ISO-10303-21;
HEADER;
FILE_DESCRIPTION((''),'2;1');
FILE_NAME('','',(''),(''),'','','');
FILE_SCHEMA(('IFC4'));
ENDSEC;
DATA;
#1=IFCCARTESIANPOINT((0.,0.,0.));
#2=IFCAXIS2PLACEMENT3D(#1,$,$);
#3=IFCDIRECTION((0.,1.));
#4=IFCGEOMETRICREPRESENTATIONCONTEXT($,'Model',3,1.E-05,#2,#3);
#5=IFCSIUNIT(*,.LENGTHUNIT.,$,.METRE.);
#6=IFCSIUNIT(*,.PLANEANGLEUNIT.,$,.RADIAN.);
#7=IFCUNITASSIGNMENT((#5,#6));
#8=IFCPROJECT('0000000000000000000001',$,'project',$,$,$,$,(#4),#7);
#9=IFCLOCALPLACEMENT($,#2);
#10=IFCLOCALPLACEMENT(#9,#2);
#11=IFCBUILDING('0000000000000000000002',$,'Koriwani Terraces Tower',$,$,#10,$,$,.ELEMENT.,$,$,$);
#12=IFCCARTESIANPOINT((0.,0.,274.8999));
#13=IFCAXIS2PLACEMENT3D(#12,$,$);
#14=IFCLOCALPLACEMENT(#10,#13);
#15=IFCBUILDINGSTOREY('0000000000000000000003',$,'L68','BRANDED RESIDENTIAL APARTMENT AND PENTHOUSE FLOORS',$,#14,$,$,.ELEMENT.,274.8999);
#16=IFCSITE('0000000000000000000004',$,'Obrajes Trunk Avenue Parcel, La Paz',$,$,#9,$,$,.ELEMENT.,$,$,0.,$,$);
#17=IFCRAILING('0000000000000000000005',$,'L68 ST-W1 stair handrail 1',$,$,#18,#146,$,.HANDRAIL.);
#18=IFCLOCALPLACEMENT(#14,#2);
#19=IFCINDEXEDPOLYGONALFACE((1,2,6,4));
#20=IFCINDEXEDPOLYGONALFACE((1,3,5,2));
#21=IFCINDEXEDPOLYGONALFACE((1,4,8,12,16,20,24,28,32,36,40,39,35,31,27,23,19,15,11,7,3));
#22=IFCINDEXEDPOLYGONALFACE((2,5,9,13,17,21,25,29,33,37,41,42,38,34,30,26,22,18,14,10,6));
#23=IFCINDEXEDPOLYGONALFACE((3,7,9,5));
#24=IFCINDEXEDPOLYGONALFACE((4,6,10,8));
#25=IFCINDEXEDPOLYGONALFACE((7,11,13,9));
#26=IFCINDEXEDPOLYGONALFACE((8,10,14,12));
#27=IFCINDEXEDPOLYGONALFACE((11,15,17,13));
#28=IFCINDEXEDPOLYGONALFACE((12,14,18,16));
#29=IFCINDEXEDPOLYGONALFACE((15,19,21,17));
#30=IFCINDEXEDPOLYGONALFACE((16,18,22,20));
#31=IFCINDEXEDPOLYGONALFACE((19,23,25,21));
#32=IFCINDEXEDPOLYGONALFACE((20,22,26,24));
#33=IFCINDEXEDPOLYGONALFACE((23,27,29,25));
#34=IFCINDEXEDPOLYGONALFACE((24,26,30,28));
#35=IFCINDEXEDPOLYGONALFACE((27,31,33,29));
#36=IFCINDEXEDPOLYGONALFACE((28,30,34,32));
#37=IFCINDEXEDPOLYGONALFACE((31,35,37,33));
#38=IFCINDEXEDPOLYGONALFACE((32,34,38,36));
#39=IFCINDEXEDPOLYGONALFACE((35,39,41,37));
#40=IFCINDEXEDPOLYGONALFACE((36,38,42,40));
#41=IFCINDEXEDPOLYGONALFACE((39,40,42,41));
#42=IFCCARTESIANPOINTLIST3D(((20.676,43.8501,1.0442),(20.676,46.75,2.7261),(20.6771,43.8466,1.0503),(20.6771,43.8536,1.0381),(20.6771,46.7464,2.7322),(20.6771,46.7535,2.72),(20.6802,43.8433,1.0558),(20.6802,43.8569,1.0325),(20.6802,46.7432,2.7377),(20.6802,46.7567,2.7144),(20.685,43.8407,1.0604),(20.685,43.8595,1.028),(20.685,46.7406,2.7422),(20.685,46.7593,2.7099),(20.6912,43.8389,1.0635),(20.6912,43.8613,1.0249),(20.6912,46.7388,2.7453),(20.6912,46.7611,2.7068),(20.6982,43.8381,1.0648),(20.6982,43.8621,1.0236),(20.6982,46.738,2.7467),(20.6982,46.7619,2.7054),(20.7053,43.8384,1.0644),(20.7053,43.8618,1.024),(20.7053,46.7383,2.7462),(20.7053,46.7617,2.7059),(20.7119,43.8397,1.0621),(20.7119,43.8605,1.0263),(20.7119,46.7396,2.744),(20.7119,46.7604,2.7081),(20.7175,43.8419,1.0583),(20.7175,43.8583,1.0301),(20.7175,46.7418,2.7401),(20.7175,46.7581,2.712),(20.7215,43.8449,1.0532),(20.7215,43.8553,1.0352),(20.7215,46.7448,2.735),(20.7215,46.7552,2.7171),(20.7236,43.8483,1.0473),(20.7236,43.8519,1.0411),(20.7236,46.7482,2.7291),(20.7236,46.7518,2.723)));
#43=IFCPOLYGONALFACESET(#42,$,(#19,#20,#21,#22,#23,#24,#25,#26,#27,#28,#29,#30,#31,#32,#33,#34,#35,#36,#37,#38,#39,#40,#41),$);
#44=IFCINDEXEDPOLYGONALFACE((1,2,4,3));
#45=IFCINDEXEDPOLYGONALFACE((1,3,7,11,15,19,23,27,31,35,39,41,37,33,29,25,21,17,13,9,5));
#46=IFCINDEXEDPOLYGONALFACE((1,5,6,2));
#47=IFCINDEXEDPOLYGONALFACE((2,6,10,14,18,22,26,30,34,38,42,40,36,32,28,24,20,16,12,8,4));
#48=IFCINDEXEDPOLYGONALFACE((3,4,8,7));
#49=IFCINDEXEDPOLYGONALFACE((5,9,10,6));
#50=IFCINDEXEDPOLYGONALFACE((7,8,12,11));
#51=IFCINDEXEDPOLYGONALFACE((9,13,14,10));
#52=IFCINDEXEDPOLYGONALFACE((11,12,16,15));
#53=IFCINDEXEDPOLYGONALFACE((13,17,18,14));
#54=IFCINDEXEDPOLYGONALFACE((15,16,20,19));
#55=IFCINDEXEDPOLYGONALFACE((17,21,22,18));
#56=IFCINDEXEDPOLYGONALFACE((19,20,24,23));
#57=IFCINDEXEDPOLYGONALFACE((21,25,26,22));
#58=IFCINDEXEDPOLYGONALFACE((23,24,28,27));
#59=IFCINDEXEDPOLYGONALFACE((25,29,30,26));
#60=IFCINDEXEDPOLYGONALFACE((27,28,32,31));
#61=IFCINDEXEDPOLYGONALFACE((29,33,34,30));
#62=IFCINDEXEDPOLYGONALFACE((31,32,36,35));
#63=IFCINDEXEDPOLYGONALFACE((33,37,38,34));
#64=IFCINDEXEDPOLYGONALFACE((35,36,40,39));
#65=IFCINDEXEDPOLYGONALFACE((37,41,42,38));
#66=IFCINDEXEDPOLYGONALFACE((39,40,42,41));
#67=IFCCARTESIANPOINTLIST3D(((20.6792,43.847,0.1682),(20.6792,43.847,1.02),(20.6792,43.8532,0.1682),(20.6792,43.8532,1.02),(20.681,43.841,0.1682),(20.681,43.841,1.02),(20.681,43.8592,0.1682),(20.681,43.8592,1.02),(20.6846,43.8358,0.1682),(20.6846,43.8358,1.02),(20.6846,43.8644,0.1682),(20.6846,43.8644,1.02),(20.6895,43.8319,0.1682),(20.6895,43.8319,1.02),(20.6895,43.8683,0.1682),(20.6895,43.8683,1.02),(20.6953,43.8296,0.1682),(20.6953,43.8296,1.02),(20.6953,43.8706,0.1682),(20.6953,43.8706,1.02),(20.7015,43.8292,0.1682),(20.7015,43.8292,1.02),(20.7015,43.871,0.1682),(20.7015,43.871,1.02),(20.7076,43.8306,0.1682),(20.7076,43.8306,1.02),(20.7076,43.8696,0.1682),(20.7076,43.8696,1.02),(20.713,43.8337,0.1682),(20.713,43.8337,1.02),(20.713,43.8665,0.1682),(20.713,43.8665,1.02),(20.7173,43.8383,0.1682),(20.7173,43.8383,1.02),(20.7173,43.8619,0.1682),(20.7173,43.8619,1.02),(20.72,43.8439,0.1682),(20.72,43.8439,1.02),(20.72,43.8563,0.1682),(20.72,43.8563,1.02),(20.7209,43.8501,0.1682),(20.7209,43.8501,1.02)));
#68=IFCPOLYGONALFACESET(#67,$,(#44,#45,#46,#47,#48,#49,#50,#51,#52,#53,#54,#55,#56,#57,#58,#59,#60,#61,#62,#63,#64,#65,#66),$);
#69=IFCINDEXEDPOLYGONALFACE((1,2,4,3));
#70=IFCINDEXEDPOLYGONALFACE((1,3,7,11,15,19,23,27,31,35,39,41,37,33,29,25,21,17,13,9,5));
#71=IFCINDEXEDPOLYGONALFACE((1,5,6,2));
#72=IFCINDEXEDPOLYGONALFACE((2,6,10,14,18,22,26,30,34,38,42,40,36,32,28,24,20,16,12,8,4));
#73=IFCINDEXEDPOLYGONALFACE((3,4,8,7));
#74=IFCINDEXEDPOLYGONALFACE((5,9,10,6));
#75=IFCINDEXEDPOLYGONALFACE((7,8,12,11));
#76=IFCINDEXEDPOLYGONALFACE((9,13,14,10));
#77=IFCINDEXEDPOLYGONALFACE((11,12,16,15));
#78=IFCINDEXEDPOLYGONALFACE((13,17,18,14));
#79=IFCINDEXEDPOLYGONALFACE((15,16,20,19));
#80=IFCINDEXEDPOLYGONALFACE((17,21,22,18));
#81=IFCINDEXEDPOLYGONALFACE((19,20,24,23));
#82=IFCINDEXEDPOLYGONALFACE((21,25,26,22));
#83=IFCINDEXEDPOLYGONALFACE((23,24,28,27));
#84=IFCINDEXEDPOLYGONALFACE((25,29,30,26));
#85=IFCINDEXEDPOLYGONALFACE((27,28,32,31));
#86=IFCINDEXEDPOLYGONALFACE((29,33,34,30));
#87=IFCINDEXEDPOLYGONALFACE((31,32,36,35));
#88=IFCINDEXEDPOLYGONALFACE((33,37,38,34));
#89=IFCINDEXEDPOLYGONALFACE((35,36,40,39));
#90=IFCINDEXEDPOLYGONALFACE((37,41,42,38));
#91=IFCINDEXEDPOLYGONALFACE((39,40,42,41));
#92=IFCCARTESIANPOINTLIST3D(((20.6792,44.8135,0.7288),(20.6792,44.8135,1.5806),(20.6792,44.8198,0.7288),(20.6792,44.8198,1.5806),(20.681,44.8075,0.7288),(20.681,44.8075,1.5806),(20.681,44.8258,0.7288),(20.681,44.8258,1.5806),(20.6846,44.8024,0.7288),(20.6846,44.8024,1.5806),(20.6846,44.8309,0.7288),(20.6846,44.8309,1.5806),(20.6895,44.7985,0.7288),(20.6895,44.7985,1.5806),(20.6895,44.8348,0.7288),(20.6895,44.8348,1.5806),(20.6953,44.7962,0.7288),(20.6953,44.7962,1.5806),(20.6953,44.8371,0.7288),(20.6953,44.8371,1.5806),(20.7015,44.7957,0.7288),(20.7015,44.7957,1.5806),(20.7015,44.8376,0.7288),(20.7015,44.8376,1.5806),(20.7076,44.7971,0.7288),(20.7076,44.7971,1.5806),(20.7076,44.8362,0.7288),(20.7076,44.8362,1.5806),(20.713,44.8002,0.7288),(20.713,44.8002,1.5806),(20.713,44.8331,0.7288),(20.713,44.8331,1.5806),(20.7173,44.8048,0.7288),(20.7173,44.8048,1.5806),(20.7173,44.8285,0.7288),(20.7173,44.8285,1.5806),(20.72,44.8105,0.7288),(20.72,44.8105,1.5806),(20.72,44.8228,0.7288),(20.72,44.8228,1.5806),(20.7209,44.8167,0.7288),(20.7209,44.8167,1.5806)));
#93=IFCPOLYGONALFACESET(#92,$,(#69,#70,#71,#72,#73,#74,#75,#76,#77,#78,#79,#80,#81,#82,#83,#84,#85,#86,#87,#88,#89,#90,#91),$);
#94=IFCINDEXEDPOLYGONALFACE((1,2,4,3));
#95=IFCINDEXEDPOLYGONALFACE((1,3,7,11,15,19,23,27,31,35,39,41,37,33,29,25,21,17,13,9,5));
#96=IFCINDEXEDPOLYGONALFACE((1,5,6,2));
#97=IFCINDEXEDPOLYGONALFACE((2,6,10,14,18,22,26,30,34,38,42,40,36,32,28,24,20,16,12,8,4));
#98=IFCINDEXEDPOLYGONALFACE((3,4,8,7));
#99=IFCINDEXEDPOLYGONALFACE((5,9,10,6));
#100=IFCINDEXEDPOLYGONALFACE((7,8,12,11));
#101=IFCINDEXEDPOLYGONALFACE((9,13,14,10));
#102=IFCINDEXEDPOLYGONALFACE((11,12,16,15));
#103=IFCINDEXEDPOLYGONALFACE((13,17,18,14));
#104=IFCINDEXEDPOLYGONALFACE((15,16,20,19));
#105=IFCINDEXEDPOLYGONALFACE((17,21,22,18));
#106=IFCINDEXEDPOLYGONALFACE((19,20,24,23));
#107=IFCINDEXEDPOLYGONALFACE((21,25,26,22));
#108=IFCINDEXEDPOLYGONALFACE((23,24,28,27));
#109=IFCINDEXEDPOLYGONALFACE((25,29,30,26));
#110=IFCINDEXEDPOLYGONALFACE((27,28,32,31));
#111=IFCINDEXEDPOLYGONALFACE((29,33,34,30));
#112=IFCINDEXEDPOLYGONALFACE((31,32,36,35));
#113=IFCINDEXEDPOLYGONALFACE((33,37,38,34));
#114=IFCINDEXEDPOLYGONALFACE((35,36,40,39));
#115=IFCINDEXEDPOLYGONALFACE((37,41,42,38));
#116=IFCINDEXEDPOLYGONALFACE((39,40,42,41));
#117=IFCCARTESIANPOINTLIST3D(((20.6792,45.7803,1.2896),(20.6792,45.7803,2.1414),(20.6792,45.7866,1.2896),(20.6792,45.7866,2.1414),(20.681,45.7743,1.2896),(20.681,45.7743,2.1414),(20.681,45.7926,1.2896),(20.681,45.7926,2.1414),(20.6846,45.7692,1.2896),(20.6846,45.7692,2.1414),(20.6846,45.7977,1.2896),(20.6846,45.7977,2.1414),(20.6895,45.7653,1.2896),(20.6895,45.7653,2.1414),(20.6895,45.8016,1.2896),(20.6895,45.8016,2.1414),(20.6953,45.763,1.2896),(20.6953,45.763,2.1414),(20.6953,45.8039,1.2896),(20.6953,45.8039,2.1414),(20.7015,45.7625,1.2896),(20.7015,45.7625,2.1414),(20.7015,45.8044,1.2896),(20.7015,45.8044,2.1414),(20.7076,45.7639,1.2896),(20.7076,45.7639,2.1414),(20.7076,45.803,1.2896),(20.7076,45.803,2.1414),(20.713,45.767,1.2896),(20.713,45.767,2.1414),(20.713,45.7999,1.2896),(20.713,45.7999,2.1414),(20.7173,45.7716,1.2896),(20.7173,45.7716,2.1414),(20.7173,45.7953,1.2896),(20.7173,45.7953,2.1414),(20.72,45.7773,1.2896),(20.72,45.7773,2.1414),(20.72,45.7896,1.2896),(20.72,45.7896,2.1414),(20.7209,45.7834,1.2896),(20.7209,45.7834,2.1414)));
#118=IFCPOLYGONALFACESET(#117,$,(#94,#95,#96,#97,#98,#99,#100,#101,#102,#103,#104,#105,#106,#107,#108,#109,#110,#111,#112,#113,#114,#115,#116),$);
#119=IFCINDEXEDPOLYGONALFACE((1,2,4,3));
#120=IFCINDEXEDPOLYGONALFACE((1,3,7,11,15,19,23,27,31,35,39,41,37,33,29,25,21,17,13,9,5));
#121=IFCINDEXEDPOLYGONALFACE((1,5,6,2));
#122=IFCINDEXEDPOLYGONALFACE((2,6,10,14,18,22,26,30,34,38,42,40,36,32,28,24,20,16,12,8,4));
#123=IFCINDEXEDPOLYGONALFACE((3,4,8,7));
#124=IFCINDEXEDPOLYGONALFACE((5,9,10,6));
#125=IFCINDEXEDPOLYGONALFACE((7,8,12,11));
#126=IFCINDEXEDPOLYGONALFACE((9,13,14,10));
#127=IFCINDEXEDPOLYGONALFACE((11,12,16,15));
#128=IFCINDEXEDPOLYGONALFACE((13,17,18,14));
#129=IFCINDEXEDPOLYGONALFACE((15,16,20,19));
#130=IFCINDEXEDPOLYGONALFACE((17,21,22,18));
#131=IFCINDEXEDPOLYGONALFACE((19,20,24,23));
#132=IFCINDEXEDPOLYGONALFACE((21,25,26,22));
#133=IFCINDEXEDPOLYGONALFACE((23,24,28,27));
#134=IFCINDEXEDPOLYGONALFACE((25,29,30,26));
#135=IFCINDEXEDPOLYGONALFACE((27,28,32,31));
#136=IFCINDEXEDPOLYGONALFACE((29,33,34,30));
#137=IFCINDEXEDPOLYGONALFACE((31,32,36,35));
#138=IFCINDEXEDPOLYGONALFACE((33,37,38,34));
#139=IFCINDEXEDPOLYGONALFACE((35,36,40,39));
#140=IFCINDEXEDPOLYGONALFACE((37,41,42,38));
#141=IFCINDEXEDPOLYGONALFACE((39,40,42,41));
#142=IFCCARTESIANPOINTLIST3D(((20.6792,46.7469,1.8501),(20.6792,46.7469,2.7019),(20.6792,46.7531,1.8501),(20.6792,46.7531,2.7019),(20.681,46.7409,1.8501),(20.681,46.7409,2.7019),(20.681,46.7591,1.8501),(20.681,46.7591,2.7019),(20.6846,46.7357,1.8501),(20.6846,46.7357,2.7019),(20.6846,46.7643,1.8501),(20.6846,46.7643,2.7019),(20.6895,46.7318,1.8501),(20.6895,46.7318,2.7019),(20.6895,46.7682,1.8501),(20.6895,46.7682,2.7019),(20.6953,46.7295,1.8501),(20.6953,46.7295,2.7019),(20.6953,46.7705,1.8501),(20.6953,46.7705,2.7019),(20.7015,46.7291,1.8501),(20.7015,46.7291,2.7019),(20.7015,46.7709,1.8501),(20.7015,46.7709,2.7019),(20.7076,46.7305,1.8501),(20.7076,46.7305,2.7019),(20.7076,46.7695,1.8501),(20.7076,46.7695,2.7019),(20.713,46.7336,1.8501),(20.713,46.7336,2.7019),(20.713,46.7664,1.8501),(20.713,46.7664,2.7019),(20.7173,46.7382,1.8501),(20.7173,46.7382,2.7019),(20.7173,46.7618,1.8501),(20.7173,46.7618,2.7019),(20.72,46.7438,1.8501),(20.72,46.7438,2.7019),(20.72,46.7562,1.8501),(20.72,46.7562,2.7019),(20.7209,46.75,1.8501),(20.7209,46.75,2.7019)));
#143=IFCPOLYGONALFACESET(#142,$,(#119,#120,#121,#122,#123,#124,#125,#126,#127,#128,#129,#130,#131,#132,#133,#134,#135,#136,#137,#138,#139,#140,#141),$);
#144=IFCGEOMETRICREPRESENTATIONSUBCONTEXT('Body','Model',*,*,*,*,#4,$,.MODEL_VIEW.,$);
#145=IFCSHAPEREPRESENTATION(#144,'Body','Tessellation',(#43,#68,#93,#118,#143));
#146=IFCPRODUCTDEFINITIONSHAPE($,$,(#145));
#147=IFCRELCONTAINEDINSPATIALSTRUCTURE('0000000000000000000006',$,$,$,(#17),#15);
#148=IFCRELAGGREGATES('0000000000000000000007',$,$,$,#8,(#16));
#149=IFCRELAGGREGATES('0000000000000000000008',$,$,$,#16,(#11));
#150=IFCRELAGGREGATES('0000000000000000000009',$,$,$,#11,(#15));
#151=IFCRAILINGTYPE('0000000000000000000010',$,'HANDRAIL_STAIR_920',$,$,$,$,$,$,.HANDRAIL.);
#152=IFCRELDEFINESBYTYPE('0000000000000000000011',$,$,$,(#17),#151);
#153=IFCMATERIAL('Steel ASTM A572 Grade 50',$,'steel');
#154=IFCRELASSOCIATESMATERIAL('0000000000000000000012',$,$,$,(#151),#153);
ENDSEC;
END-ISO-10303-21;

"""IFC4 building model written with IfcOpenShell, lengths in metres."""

from ifc_helpers import new_model, si_unit, direction, frame, origin, origin_2d, place, context, subcontext, project, spatial, circle, extrude, material, type_object, element, save


model = new_model("IFC4")

# Units and contexts
model_context = context("Model", 3, precision=1e-05, world=origin(), true_north=direction((0.0, 1.0)))
body_context = subcontext(model_context, "Body", "Model", "MODEL_VIEW")
ifc_project = project(units=[si_unit("LENGTHUNIT", "METRE"), si_unit("PLANEANGLEUNIT", "RADIAN")], contexts=[model_context])

# Site, building, storey
site_placement = place(None, origin())
site = spatial("IfcSite", under=ifc_project, at=site_placement, Name="Obrajes Trunk Avenue Parcel, La Paz", CompositionType="ELEMENT", RefElevation=0.0)
building_placement = place(site_placement, origin())
building = spatial("IfcBuilding", under=site, at=building_placement, Name="Koriwani Terraces Tower", CompositionType="ELEMENT")
storey_placement = place(building_placement, frame((0.0, 0.0, 274.8999)))
storey = spatial("IfcBuildingStorey", under=building, at=storey_placement, Name="L68", Description="BRANDED RESIDENTIAL APARTMENT AND PENTHOUSE FLOORS", CompositionType="ELEMENT", Elevation=274.8999)

# Railing
ifc_material_1 = material(Name="Steel ASTM A572 Grade 50", Category="steel")
railing_type_1 = type_object("IfcRailingType", Name="HANDRAIL_STAIR_920", PredefinedType="HANDRAIL", material=ifc_material_1)
railing_1_placement = place(storey_placement, frame((20.7, 43.8501, 0.1682)))
element("IfcRailing", 1, at=railing_1_placement, inside=storey, type_object=railing_type_1, Name="L68 ST-W1 stair handrail 1", PredefinedType="HANDRAIL", context=body_context, shape_type="SweptSolid", body=[
    extrude(circle(Radius=0.0239, at=origin_2d()), frame((0.0, 0.0, 0.876), z_axis=(0.0, 0.865039, 0.501705), x_axis=(-1.0, 0.0, 0.0)), (0.0, 0.0, 1.0), 3.3523),
    extrude(circle(Radius=0.021, at=origin_2d()), origin(), (0.0, 0.0, 1.0), 0.8518),
    extrude(circle(Radius=0.021, at=origin_2d()), frame((0.0, 0.9666, 0.5605)), (0.0, 0.0, 1.0), 0.8518),
    extrude(circle(Radius=0.021, at=origin_2d()), frame((0.0, 1.9333, 1.1213)), (0.0, 0.0, 1.0), 0.8518),
    extrude(circle(Radius=0.021, at=origin_2d()), frame((0.0, 2.8999, 1.6819)), (0.0, 0.0, 1.0), 0.8518),
])

save(model, "model.ifc")
